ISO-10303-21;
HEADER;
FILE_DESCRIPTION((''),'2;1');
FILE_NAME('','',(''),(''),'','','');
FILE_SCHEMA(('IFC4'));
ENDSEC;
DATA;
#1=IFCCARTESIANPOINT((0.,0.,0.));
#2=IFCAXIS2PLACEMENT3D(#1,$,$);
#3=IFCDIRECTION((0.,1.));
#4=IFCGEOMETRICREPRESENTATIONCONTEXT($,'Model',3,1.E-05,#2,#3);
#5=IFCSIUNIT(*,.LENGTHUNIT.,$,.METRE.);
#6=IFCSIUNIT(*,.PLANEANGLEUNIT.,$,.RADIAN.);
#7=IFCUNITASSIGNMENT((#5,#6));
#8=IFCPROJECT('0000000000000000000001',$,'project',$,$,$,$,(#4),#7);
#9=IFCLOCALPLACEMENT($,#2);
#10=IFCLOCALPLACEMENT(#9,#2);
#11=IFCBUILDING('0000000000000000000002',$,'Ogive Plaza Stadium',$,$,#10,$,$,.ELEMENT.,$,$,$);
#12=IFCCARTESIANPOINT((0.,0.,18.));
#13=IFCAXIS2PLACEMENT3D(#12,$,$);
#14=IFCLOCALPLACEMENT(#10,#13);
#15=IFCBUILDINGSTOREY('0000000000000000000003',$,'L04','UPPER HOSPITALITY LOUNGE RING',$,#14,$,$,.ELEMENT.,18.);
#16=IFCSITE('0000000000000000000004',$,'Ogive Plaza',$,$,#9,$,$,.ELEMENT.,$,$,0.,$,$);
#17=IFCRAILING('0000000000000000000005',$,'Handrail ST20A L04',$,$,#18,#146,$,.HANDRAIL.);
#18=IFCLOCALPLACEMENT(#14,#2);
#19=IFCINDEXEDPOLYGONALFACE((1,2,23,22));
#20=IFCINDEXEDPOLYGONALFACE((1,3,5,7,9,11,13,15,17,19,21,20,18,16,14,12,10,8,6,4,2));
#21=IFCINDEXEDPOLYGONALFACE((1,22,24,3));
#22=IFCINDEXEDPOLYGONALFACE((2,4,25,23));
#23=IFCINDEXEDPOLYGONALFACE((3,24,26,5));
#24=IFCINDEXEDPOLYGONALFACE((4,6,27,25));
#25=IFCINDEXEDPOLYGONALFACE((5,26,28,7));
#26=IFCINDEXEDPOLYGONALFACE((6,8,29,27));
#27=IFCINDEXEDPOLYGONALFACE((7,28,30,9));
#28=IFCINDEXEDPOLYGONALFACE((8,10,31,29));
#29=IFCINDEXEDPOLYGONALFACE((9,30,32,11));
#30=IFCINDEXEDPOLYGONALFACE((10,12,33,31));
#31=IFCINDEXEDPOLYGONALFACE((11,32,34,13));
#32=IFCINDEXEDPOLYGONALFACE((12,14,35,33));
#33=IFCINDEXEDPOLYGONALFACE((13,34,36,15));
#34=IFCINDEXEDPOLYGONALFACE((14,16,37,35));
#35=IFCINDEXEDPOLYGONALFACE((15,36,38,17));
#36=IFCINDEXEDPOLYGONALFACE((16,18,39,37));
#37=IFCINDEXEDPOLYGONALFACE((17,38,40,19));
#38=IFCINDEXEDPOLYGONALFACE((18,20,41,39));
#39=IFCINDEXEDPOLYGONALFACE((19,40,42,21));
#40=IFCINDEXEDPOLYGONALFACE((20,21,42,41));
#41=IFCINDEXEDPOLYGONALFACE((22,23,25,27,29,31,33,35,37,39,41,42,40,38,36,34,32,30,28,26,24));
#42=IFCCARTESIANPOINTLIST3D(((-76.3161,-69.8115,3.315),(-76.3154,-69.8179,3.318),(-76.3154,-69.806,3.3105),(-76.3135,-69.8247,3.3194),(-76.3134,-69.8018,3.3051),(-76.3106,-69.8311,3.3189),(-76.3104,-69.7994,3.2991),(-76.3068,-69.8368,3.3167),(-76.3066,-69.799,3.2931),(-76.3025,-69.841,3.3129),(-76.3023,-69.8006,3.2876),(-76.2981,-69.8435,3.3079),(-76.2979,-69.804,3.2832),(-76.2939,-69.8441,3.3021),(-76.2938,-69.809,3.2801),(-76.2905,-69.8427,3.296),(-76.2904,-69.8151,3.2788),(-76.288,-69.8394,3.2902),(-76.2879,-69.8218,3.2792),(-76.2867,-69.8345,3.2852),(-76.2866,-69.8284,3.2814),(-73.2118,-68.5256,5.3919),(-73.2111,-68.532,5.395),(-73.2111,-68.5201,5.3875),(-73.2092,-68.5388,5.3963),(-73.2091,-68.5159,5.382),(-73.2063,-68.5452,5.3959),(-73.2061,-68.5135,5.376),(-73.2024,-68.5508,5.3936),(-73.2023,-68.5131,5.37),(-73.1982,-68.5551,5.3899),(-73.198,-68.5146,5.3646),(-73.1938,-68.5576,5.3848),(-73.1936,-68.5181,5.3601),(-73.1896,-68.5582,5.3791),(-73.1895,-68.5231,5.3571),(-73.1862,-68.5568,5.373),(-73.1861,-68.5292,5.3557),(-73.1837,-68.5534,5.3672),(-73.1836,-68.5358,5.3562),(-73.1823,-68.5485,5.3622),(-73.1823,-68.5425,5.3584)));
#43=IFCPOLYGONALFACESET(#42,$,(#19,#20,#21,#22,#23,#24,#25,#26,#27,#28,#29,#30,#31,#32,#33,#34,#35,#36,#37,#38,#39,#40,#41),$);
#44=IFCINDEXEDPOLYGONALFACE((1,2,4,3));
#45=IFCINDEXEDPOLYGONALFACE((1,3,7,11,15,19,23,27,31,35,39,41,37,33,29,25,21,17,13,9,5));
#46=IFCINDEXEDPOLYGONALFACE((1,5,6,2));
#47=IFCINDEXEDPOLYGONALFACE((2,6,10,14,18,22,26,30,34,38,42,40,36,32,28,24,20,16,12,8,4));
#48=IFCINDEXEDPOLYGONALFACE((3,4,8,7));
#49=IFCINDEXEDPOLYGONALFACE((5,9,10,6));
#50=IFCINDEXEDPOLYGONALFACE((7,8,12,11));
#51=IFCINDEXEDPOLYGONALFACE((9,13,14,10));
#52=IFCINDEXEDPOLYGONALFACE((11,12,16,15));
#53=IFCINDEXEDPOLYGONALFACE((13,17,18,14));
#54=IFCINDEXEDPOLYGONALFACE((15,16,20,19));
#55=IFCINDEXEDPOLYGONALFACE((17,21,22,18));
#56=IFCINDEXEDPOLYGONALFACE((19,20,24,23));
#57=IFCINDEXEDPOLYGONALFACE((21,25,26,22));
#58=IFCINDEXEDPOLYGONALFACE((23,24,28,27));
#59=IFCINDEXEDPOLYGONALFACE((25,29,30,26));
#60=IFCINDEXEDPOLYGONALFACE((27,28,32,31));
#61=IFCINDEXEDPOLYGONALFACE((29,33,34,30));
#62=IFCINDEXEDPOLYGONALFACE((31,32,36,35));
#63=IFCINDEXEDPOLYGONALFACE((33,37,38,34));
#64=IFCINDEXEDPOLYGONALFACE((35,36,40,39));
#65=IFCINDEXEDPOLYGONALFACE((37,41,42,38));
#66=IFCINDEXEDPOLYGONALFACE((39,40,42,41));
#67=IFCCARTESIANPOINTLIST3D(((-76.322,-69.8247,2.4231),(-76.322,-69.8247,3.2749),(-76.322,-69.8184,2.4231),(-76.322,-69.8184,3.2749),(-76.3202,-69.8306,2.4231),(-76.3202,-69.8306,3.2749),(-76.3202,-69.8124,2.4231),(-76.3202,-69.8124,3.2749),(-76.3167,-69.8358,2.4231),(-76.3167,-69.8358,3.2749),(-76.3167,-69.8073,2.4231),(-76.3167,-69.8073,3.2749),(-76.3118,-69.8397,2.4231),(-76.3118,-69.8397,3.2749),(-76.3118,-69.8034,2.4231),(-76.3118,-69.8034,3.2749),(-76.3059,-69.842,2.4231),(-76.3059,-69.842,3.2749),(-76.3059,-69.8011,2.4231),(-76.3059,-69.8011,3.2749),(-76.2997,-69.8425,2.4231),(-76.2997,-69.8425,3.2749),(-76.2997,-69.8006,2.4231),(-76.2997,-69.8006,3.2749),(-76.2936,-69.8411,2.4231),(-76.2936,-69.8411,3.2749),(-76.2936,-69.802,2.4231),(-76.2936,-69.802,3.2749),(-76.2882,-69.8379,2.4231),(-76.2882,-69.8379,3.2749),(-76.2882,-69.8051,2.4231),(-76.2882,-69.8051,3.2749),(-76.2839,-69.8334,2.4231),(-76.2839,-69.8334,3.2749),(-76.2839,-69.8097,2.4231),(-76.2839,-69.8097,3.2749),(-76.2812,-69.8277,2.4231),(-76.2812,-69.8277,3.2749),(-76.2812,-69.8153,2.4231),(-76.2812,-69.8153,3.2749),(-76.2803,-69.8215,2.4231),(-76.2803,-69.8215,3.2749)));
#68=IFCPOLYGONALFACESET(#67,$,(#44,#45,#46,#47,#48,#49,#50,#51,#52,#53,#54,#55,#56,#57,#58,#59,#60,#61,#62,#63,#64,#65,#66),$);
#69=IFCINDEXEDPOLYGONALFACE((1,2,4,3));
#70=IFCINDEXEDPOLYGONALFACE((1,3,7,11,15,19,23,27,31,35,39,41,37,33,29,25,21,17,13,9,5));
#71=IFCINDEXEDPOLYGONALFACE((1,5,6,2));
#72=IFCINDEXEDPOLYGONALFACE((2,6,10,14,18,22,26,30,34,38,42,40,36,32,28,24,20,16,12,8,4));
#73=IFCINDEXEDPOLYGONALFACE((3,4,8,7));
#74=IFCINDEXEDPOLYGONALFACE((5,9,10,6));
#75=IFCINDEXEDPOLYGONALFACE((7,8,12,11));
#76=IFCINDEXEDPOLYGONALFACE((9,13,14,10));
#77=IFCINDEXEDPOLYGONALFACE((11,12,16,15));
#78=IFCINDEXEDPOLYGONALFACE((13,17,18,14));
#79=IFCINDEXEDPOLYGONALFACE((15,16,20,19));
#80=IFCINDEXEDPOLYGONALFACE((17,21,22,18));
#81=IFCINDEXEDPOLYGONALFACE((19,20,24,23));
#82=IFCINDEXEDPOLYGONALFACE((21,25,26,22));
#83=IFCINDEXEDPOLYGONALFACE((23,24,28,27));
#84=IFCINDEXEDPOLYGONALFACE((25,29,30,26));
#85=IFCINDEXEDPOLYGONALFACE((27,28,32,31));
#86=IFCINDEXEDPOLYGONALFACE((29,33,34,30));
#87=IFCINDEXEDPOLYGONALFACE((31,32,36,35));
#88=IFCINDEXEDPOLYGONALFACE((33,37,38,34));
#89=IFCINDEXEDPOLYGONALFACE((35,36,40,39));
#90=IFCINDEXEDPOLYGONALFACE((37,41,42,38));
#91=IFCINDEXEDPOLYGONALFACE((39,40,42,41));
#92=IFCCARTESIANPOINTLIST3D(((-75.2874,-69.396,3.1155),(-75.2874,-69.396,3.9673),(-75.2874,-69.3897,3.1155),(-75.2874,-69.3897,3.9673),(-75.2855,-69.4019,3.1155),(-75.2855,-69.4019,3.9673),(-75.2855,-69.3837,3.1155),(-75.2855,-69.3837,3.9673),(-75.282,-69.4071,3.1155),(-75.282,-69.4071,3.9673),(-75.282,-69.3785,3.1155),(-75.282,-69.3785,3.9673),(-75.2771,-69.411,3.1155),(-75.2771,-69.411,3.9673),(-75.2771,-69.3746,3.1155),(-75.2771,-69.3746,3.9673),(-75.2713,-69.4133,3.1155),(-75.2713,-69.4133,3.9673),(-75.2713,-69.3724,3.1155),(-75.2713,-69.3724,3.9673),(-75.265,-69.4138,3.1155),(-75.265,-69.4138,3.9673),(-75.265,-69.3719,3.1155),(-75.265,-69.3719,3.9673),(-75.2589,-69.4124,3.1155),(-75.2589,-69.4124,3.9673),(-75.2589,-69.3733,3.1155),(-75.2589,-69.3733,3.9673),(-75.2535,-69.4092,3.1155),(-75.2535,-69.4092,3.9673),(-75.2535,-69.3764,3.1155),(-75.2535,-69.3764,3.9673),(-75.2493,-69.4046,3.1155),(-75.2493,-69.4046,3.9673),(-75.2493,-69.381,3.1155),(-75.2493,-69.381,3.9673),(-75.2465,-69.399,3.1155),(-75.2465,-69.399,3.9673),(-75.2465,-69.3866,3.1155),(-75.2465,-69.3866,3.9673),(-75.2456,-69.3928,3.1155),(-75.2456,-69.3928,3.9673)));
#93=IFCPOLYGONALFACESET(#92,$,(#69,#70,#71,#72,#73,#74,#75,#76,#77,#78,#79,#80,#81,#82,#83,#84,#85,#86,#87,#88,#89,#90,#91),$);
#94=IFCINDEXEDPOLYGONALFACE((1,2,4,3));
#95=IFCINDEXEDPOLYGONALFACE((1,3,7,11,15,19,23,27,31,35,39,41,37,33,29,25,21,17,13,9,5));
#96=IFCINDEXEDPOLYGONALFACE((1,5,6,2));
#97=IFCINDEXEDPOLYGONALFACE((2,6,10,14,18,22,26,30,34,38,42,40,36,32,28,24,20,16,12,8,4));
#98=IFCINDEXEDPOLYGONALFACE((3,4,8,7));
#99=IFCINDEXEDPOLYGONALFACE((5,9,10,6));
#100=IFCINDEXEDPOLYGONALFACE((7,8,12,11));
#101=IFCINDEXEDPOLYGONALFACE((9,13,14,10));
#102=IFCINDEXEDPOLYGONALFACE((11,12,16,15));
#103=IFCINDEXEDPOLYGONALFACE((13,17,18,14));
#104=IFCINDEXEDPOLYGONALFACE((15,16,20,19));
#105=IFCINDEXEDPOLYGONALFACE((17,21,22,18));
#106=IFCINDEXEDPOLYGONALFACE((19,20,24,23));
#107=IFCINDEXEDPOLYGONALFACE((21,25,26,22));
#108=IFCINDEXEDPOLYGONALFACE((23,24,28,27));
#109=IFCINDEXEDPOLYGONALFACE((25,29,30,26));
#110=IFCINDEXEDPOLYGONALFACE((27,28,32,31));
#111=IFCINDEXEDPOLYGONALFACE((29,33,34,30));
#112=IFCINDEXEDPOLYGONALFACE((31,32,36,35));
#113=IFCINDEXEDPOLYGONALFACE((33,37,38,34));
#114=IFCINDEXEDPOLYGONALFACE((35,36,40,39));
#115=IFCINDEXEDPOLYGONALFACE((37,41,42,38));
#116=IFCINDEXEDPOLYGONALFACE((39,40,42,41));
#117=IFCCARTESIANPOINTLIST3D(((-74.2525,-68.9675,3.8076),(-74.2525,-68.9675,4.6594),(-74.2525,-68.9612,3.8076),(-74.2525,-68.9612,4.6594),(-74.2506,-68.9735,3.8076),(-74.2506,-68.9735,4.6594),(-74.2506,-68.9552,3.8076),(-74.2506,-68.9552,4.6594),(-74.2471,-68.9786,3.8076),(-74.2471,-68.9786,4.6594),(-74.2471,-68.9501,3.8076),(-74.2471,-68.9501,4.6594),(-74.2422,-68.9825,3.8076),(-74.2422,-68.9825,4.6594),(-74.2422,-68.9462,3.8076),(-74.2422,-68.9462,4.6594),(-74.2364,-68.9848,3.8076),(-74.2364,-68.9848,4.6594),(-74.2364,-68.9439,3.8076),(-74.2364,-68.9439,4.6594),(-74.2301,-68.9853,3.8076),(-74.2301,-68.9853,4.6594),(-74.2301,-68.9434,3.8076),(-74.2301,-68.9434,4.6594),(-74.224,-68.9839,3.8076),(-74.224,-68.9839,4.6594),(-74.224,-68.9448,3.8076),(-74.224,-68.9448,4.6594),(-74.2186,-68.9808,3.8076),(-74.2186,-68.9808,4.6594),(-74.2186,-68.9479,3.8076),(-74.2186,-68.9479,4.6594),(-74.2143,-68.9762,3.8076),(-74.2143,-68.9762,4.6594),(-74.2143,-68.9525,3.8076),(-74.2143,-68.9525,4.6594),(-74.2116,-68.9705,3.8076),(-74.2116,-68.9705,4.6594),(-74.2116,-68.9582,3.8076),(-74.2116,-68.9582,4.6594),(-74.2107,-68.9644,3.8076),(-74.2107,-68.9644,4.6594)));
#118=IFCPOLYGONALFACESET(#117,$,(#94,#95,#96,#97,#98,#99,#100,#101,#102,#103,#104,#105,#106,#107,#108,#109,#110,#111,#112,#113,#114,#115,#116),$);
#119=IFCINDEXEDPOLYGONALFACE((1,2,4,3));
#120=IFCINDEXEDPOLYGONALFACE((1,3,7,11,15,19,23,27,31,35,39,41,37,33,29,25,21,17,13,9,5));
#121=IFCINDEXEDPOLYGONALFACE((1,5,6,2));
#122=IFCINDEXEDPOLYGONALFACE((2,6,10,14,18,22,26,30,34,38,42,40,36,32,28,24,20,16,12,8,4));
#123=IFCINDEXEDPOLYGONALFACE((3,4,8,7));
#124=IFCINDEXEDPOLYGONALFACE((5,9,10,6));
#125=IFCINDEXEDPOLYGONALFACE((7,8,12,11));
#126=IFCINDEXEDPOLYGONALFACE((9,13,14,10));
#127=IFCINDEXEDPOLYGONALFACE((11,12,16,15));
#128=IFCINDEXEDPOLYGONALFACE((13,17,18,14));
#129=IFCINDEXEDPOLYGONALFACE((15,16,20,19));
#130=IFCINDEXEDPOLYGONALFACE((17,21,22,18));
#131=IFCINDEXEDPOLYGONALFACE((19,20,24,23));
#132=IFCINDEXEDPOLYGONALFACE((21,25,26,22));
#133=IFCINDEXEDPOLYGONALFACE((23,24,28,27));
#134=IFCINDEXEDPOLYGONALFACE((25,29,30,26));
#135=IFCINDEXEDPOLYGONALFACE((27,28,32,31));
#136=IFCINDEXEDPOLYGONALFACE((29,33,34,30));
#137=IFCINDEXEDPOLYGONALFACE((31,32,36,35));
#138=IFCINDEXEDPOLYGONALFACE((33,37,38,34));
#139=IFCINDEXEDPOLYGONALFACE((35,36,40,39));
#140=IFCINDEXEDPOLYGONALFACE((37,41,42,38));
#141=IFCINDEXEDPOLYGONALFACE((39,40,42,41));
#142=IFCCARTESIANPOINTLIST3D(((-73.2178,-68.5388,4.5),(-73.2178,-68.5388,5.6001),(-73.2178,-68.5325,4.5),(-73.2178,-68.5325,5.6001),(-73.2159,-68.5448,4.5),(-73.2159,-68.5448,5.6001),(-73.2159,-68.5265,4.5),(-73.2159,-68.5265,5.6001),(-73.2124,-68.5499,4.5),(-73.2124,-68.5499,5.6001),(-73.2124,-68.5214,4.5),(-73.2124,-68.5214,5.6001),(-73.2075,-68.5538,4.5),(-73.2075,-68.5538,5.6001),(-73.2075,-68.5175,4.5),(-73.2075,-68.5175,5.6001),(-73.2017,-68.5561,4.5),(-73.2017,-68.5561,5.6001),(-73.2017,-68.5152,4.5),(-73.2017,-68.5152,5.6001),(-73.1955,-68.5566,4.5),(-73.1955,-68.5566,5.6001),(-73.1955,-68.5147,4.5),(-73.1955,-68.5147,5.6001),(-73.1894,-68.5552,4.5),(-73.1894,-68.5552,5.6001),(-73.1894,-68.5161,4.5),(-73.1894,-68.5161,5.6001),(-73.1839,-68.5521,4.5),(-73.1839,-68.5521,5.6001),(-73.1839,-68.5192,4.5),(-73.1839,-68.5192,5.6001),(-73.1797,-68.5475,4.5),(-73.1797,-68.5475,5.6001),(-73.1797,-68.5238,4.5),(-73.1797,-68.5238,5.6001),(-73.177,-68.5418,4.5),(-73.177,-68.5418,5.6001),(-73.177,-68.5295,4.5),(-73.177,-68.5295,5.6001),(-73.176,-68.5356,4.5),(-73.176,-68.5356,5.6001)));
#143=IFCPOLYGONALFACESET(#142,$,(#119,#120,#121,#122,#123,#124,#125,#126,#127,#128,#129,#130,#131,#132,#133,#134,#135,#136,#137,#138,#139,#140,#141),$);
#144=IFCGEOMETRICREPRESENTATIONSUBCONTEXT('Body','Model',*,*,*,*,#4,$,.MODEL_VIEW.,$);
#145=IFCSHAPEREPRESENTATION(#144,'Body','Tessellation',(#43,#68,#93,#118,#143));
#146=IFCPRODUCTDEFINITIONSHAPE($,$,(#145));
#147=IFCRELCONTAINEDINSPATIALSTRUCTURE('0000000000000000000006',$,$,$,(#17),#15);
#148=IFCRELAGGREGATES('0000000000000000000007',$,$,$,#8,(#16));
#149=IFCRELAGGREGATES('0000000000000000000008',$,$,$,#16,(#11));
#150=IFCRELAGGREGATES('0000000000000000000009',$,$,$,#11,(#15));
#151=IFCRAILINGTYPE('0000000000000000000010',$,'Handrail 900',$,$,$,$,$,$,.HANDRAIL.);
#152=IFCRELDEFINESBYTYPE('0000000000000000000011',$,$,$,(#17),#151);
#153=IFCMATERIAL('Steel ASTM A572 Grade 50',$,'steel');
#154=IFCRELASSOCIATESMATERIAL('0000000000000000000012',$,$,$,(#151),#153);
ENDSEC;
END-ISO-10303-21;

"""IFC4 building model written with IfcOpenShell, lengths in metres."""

from ifc_helpers import new_model, si_unit, direction, frame, origin, origin_2d, place, context, subcontext, project, spatial, circle, extrude, material, type_object, element, save


model = new_model("IFC4")

# Units and contexts
model_context = context("Model", 3, precision=1e-05, world=origin(), true_north=direction((0.0, 1.0)))
body_context = subcontext(model_context, "Body", "Model", "MODEL_VIEW")
ifc_project = project(units=[si_unit("LENGTHUNIT", "METRE"), si_unit("PLANEANGLEUNIT", "RADIAN")], contexts=[model_context])

# Site, building, storey
site_placement = place(None, origin())
site = spatial("IfcSite", under=ifc_project, at=site_placement, Name="Ogive Plaza", CompositionType="ELEMENT", RefElevation=0.0)
building_placement = place(site_placement, origin())
building = spatial("IfcBuilding", under=site, at=building_placement, Name="Ogive Plaza Stadium", CompositionType="ELEMENT")
storey_placement = place(building_placement, frame((0.0, 0.0, 18.0)))
storey = spatial("IfcBuildingStorey", under=building, at=storey_placement, Name="L04", Description="UPPER HOSPITALITY LOUNGE RING", CompositionType="ELEMENT", Elevation=18.0)

# Railing
ifc_material_1 = material(Name="Steel ASTM A572 Grade 50", Category="steel")
railing_type_1 = type_object("IfcRailingType", Name="Handrail 900", PredefinedType="HANDRAIL", material=ifc_material_1)
for number, where, name in (
    (1, (-76.3013, -69.8215, 2.4231), "Handrail ST20A L04"),
):
    element("IfcRailing", number, at=place(storey_placement, frame(where)), inside=storey, type_object=railing_type_1, Name=name, PredefinedType="HANDRAIL", context=body_context, shape_type="SweptSolid", body=[
        extrude(circle(Radius=0.0239, at=origin_2d()), frame((0.0, 0.0, 0.876), z_axis=(0.785863, 0.325532, 0.525783), x_axis=(-0.3827, 0.923872, 0.0)), (0.0, 0.0, 1.0), 3.9502),
        extrude(circle(Radius=0.021, at=origin_2d()), origin(), (0.0, 0.0, 1.0), 0.8518),
        extrude(circle(Radius=0.021, at=origin_2d()), frame((1.0347, 0.4287, 0.6924)), (0.0, 0.0, 1.0), 0.8518),
        extrude(circle(Radius=0.021, at=origin_2d()), frame((2.0696, 0.8572, 1.3845)), (0.0, 0.0, 1.0), 0.8518),
        extrude(circle(Radius=0.021, at=origin_2d()), frame((3.1042, 1.2859, 2.0769)), (0.0, 0.0, 1.0), 1.1001),
    ])

save(model, "model.ifc")
